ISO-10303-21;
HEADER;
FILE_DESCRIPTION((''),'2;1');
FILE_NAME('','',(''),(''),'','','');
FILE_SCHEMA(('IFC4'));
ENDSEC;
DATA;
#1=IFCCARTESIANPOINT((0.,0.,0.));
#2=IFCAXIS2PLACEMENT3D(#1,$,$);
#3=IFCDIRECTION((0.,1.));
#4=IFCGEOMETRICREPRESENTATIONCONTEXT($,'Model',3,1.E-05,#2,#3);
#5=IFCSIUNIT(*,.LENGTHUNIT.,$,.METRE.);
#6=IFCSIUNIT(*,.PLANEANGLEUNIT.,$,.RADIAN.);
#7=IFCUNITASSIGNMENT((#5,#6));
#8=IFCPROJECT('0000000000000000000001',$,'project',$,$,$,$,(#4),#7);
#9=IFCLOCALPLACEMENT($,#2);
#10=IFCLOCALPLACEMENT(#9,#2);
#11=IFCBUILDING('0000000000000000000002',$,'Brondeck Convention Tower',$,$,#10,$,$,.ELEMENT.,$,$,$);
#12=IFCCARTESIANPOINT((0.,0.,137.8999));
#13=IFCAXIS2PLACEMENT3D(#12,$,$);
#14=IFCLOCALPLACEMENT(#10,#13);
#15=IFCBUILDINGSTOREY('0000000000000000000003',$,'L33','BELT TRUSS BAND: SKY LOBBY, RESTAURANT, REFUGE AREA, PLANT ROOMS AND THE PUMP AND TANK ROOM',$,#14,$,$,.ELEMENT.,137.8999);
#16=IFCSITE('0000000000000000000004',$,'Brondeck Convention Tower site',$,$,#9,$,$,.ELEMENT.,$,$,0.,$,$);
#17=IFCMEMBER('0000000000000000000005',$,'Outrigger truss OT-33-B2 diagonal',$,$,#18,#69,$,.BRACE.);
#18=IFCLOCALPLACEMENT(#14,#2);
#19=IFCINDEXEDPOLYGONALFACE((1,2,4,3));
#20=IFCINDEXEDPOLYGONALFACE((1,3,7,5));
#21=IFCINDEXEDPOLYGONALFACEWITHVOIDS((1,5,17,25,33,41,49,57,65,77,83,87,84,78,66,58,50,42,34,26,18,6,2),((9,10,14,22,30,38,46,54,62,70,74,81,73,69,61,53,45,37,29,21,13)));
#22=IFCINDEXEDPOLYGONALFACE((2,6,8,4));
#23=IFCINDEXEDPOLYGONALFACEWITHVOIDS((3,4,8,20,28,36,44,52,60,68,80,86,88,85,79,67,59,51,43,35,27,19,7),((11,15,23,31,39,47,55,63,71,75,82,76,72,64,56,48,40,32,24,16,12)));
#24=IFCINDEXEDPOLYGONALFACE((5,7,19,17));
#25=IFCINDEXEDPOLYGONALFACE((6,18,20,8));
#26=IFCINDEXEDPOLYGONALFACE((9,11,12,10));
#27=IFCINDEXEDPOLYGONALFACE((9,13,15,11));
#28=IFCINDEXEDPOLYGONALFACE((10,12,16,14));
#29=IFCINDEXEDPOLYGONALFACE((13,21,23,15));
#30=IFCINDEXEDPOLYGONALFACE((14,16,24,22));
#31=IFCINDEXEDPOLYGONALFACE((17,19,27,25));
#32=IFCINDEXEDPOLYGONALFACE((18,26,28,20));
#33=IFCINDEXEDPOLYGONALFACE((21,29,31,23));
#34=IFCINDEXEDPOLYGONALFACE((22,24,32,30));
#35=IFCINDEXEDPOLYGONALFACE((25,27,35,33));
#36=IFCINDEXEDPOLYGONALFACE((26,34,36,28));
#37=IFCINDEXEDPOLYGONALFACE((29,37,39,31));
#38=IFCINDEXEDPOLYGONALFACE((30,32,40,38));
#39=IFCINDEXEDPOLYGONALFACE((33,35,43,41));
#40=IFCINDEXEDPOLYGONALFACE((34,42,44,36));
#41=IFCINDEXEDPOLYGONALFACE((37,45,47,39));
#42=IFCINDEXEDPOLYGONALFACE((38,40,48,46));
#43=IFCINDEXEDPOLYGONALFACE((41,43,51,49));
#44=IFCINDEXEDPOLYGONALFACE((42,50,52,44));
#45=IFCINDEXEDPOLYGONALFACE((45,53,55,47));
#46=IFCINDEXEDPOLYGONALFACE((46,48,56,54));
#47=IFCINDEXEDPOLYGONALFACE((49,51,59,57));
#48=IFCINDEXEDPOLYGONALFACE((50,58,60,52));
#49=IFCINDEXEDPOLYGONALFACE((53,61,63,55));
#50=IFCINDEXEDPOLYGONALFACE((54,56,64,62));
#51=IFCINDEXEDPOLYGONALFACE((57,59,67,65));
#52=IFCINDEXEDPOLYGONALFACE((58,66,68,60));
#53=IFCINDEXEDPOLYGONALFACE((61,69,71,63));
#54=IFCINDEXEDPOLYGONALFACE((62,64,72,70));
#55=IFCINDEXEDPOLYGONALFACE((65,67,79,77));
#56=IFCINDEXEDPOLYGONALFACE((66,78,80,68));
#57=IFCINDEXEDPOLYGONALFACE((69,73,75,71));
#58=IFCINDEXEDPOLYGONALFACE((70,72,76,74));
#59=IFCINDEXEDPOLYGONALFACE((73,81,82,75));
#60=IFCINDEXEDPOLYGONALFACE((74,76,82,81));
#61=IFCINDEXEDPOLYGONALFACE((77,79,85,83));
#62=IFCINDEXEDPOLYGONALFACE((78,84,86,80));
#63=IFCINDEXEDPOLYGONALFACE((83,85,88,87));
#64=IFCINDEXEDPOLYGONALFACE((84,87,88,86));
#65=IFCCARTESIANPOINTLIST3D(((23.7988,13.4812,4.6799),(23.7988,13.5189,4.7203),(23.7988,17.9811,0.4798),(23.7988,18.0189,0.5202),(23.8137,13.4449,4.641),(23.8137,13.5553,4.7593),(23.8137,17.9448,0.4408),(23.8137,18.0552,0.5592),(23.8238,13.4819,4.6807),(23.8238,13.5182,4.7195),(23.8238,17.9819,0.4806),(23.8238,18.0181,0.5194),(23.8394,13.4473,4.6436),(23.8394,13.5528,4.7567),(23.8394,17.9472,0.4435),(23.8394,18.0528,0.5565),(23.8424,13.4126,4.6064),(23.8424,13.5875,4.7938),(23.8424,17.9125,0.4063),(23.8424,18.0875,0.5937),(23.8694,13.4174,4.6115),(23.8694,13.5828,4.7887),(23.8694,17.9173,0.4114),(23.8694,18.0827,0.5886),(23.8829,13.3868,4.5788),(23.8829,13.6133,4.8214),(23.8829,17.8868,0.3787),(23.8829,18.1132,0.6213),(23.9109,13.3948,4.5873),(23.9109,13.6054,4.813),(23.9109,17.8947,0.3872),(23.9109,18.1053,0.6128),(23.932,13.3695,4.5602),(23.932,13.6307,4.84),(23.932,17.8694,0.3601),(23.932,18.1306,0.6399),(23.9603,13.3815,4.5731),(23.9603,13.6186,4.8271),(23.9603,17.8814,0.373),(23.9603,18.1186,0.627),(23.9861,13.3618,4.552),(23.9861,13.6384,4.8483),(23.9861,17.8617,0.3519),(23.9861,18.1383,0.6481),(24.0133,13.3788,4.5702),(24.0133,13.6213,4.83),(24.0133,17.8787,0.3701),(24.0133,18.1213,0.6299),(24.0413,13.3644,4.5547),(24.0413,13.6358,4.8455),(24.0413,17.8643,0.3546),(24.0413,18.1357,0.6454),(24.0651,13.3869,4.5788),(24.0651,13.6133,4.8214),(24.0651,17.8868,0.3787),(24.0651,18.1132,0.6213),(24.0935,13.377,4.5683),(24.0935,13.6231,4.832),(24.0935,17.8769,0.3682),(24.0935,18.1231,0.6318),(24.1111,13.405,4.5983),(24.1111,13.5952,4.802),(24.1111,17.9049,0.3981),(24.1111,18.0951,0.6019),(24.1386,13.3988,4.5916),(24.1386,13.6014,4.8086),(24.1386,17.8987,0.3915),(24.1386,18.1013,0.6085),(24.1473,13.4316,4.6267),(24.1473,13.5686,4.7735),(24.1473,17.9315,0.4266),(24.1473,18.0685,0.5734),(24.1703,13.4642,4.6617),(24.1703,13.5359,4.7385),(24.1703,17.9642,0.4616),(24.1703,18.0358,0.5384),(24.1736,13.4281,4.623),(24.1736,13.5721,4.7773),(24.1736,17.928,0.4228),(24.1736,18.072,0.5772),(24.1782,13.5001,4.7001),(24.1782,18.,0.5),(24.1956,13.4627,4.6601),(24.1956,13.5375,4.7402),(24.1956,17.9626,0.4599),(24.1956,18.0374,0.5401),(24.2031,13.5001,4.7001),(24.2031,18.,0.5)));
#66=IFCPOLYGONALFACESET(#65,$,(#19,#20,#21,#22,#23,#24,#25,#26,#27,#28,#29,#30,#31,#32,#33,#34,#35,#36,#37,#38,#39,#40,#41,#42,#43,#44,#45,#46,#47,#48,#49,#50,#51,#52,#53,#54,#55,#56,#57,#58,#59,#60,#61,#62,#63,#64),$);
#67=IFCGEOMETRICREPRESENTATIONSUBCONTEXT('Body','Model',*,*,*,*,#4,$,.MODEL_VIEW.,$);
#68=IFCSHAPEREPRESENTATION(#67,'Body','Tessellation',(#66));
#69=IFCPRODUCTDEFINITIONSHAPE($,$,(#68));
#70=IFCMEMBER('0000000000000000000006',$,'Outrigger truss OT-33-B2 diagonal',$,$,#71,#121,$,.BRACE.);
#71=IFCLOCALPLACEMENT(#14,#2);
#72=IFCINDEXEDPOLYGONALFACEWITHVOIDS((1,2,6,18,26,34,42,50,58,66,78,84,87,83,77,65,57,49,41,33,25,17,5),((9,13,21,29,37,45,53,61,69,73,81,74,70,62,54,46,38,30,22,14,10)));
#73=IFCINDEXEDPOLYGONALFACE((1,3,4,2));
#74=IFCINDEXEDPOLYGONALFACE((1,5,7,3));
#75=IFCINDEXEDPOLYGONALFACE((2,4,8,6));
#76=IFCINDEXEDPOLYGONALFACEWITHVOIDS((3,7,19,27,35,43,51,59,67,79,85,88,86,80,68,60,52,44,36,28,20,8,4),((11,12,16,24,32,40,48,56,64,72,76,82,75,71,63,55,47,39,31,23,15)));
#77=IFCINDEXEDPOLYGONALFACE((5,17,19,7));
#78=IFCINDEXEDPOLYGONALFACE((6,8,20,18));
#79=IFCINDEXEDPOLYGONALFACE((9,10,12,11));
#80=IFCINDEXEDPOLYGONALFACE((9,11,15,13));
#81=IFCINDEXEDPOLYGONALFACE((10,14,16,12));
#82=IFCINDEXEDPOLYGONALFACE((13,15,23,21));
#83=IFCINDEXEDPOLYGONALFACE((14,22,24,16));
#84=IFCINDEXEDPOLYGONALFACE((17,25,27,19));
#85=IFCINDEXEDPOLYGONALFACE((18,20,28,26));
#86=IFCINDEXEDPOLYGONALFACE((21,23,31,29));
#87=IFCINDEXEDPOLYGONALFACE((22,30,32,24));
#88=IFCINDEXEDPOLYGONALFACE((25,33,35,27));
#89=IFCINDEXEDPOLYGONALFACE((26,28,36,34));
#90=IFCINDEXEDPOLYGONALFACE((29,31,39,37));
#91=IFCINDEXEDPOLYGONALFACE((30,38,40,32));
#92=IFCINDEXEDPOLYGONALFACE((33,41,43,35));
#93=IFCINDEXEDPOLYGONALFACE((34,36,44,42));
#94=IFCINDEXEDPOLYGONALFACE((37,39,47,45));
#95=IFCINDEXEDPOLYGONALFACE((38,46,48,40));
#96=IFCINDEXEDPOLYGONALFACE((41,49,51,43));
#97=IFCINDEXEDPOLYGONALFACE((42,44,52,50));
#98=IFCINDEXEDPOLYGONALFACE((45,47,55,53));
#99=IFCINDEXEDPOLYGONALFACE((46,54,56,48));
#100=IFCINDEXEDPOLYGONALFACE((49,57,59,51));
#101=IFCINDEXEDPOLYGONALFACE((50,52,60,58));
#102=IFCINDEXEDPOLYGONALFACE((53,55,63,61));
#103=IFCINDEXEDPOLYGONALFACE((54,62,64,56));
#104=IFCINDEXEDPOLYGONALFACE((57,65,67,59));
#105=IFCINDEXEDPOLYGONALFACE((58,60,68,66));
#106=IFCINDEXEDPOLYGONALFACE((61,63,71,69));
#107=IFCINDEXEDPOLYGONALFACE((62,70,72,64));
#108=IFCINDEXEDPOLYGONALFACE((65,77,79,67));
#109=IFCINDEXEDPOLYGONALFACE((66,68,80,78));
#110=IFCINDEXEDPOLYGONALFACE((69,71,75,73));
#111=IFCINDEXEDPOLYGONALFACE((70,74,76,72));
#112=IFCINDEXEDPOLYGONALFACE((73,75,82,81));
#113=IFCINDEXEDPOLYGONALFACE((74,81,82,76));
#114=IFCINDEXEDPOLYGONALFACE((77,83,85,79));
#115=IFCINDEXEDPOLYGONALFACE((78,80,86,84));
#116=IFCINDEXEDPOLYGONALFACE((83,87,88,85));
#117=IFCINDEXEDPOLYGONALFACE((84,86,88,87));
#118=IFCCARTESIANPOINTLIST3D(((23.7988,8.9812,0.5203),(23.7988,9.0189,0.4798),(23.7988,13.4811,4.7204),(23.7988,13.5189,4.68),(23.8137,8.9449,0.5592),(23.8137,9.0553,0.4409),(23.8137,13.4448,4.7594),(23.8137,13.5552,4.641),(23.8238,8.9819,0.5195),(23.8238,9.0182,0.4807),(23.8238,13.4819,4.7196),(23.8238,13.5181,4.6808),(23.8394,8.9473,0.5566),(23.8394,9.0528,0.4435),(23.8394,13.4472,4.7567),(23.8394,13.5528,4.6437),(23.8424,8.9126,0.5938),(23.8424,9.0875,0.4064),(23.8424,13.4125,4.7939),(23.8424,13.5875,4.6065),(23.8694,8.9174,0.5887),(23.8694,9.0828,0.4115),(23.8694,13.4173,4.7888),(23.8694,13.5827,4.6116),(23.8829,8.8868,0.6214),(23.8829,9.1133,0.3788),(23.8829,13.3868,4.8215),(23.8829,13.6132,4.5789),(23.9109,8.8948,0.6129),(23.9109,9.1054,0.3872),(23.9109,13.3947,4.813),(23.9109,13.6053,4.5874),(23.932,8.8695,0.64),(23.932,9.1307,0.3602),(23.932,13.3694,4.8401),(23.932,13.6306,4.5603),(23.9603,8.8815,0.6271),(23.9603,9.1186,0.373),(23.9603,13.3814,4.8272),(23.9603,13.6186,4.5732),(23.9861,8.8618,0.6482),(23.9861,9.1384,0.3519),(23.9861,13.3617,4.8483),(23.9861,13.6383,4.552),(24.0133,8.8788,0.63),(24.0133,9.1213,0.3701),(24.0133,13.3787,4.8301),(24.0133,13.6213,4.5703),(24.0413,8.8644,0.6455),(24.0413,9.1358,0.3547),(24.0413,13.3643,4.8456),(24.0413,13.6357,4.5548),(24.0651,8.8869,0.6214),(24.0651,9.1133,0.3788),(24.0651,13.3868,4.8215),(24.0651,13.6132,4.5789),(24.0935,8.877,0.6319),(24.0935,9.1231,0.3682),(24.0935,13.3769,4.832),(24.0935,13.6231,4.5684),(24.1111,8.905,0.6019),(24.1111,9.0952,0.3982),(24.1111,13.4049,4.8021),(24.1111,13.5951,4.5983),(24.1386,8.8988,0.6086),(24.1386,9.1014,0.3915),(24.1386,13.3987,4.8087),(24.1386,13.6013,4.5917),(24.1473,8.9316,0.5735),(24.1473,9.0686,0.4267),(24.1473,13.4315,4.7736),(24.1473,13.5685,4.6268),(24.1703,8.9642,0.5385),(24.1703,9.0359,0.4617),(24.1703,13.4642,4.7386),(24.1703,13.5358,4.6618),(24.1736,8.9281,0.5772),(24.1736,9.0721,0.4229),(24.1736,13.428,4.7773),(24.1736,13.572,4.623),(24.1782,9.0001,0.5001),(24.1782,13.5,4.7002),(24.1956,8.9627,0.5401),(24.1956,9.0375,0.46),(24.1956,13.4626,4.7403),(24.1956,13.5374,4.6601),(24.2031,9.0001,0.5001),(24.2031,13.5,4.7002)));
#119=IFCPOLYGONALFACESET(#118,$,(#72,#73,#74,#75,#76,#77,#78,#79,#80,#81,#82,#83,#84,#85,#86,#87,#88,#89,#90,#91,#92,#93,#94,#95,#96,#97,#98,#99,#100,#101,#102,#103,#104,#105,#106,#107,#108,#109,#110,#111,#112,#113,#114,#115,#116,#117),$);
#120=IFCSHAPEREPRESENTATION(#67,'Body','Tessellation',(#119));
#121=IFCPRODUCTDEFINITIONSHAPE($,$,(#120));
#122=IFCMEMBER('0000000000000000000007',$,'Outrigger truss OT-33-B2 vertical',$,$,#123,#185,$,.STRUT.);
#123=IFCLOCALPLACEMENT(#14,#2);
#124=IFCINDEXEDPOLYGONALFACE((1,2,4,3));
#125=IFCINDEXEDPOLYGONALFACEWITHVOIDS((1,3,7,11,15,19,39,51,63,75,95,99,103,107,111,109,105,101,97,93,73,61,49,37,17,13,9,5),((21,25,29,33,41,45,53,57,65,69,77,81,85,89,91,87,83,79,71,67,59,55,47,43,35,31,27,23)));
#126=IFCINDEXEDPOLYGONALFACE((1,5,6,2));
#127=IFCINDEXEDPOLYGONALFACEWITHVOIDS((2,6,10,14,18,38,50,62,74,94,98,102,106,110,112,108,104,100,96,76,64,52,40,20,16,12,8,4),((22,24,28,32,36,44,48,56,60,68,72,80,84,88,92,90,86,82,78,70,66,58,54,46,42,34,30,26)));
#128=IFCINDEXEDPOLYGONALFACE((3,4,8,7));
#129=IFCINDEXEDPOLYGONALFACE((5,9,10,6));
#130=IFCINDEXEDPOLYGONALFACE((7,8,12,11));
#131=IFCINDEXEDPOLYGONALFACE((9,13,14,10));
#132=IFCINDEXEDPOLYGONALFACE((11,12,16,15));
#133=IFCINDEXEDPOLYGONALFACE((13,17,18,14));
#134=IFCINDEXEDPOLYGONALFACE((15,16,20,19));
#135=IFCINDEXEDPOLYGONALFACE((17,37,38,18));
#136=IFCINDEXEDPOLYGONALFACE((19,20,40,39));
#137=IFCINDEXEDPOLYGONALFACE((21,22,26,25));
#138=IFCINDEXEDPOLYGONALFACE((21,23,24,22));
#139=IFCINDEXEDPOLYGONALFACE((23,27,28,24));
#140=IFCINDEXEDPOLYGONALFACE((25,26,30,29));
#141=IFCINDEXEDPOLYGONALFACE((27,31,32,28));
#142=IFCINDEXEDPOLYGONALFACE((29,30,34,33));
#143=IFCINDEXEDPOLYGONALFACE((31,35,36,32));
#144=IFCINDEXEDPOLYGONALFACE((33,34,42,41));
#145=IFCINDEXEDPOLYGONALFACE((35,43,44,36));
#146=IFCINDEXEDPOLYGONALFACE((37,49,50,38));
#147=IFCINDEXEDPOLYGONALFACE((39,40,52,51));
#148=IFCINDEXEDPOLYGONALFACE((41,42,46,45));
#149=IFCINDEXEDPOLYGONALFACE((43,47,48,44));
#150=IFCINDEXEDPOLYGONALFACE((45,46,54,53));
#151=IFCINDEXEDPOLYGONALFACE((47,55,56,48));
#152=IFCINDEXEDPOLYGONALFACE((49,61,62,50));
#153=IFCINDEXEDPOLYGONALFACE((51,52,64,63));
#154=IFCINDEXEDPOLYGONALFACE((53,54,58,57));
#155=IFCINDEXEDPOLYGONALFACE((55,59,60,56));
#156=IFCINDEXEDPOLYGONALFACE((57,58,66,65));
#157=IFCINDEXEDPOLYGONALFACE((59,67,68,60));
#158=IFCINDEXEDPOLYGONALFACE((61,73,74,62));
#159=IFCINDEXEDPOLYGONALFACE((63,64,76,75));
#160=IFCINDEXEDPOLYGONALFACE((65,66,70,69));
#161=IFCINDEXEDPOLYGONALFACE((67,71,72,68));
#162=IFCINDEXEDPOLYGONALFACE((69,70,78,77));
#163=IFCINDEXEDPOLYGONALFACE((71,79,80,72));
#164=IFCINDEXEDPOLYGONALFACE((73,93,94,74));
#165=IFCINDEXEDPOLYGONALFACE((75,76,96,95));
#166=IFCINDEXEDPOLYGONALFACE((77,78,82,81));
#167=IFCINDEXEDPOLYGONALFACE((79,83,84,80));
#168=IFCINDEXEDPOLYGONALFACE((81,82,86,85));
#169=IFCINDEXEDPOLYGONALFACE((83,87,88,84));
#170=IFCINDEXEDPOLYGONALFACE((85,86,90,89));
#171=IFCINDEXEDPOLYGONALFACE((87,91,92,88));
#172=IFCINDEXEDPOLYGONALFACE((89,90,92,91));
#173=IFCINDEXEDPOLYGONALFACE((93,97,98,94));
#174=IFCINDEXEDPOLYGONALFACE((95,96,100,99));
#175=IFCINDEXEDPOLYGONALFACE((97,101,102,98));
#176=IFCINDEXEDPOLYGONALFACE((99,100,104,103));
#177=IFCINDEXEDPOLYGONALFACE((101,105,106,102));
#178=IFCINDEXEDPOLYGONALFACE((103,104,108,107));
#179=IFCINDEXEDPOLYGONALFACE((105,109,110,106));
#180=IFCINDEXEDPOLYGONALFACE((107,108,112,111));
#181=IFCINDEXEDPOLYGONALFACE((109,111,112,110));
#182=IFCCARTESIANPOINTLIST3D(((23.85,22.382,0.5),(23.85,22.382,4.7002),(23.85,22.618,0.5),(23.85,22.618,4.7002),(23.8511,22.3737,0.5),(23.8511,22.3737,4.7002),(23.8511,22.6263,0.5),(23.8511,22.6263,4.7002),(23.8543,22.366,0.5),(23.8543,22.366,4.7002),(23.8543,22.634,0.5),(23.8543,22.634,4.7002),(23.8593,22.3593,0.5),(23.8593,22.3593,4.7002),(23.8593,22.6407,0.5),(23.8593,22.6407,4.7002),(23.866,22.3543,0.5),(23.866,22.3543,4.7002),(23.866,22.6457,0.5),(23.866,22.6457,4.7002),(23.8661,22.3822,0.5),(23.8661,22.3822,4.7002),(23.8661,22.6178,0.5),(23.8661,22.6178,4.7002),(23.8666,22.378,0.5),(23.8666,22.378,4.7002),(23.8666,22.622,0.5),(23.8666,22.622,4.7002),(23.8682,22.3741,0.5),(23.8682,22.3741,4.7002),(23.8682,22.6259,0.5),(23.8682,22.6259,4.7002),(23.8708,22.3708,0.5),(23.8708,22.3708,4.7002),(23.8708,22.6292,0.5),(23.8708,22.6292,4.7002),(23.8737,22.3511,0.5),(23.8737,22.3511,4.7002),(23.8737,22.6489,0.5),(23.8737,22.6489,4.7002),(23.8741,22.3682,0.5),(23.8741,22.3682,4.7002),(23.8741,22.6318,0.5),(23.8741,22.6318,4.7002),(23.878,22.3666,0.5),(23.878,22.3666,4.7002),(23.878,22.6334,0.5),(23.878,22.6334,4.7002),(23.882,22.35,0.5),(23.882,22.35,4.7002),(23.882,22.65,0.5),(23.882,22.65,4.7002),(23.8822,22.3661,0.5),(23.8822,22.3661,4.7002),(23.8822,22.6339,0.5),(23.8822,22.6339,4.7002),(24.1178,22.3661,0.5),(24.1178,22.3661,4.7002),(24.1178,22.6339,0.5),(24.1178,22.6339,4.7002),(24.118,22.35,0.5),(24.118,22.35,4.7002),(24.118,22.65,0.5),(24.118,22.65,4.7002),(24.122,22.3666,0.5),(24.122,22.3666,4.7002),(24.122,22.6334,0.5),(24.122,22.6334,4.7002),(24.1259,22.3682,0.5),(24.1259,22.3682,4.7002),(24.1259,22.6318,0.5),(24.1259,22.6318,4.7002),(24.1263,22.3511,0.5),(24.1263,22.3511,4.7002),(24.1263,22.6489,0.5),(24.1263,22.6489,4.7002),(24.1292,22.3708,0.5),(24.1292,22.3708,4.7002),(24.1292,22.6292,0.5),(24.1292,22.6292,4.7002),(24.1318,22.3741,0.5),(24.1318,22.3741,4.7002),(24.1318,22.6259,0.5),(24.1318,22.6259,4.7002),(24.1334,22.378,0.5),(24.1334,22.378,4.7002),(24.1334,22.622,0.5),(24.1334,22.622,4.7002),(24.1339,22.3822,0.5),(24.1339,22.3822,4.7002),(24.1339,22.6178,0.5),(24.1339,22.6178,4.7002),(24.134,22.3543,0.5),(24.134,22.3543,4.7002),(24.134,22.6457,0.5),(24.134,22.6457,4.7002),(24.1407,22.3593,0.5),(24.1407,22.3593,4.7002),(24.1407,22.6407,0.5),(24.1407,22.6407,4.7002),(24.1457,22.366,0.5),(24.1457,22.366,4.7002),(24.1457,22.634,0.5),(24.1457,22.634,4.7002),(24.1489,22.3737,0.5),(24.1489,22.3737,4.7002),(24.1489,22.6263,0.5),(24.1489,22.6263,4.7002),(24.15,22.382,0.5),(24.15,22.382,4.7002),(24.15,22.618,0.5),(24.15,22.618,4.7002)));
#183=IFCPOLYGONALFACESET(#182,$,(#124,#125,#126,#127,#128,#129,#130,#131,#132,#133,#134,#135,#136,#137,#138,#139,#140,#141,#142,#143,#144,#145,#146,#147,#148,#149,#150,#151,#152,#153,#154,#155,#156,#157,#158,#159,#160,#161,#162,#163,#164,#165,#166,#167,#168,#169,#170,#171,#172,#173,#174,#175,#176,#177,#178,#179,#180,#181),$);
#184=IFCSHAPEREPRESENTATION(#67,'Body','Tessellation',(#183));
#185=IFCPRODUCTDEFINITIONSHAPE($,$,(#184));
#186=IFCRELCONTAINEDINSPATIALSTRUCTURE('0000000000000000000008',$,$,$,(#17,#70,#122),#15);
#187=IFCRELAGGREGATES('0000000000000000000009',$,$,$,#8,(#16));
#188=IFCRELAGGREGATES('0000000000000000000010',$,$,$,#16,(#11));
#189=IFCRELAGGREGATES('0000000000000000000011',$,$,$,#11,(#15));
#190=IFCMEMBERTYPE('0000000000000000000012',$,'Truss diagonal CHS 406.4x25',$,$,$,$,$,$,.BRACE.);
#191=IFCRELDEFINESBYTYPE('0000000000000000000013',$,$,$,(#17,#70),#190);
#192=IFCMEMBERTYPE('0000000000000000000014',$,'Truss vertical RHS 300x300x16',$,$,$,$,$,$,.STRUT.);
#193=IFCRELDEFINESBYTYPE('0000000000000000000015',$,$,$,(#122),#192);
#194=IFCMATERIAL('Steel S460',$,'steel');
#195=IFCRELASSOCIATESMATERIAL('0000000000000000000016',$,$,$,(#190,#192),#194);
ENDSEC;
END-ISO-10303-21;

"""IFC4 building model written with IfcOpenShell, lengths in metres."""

from ifc_helpers import new_model, si_unit, direction, frame, origin, origin_2d, place, context, subcontext, project, spatial, hollow_rectangle, hollow_circle, extrude, material, material_profile, profile_set, type_object, element, save


model = new_model("IFC4")

# Units and contexts
model_context = context("Model", 3, precision=1e-05, world=origin(), true_north=direction((0.0, 1.0)))
body_context = subcontext(model_context, "Body", "Model", "MODEL_VIEW")
ifc_project = project(units=[si_unit("LENGTHUNIT", "METRE"), si_unit("PLANEANGLEUNIT", "RADIAN")], contexts=[model_context])

# Site, building, storey
site_placement = place(None, origin())
site = spatial("IfcSite", under=ifc_project, at=site_placement, Name="Brondeck Convention Tower site", CompositionType="ELEMENT", RefElevation=0.0)
building_placement = place(site_placement, origin())
building = spatial("IfcBuilding", under=site, at=building_placement, Name="Brondeck Convention Tower", CompositionType="ELEMENT")
storey_placement = place(building_placement, frame((0.0, 0.0, 137.8999)))
storey = spatial("IfcBuildingStorey", under=building, at=storey_placement, Name="L33", Description="BELT TRUSS BAND: SKY LOBBY, RESTAURANT, REFUGE AREA, PLANT ROOMS AND THE PUMP AND TANK ROOM", CompositionType="ELEMENT", Elevation=137.8999)

# Members
ifc_material_1 = material(Name="Steel S460", Category="steel")
ifc_material_profile_1 = material_profile(ifc_material_1, hollow_circle(Radius=0.2031, WallThickness=0.0249, at=origin_2d()), Name="CHS 406.4x25")
ifc_profile_set_1 = profile_set([ifc_material_profile_1], Name="Steel S460")
member_type_1 = type_object("IfcMemberType", Name="Truss diagonal CHS 406.4x25", PredefinedType="BRACE", material=ifc_profile_set_1)
for number, where, z_axis, x_axis, name in (
    (1, (24.0, 18.0, 0.5), (0.0, -0.731039, 0.682335), (1.0, 0.0, 0.0), "Outrigger truss OT-33-B2 diagonal"),
    (2, (24.0, 13.5, 4.7002), (0.0, -0.731039, -0.682335), (1.0, 0.0, 0.0), "Outrigger truss OT-33-B2 diagonal"),
):
    element("IfcMember", number, at=place(storey_placement, frame(where, z_axis=z_axis, x_axis=x_axis)), inside=storey, type_object=member_type_1, Name=name, PredefinedType="BRACE", context=body_context, shape_type="SweptSolid", body=[
        extrude(hollow_circle(Radius=0.2031, WallThickness=0.0249, at=origin_2d()), origin(), (0.0, 0.0, 1.0), 6.1555),
    ])
ifc_material_profile_2 = material_profile(ifc_material_1, hollow_rectangle(XDim=0.3, YDim=0.3, WallThickness=0.0161, InnerFilletRadius=0.0161, OuterFilletRadius=0.032, at=origin_2d()), Name="RHS 300x300x16")
ifc_profile_set_2 = profile_set([ifc_material_profile_2], Name="Steel S460")
member_type_2 = type_object("IfcMemberType", Name="Truss vertical RHS 300x300x16", PredefinedType="STRUT", material=ifc_profile_set_2)
for number, where, z_axis, x_axis, name in (
    (3, (24.0, 22.5, 0.5), (0.0, 0.0, 1.0), (1.0, 0.0, 0.0), "Outrigger truss OT-33-B2 vertical"),
):
    element("IfcMember", number, at=place(storey_placement, frame(where, z_axis=z_axis, x_axis=x_axis)), inside=storey, type_object=member_type_2, Name=name, PredefinedType="STRUT", context=body_context, shape_type="SweptSolid", body=[
        extrude(hollow_rectangle(XDim=0.3, YDim=0.3, WallThickness=0.0161, InnerFilletRadius=0.0161, OuterFilletRadius=0.032, at=origin_2d()), origin(), (0.0, 0.0, 1.0), 4.2002),
    ])

save(model, "model.ifc")
